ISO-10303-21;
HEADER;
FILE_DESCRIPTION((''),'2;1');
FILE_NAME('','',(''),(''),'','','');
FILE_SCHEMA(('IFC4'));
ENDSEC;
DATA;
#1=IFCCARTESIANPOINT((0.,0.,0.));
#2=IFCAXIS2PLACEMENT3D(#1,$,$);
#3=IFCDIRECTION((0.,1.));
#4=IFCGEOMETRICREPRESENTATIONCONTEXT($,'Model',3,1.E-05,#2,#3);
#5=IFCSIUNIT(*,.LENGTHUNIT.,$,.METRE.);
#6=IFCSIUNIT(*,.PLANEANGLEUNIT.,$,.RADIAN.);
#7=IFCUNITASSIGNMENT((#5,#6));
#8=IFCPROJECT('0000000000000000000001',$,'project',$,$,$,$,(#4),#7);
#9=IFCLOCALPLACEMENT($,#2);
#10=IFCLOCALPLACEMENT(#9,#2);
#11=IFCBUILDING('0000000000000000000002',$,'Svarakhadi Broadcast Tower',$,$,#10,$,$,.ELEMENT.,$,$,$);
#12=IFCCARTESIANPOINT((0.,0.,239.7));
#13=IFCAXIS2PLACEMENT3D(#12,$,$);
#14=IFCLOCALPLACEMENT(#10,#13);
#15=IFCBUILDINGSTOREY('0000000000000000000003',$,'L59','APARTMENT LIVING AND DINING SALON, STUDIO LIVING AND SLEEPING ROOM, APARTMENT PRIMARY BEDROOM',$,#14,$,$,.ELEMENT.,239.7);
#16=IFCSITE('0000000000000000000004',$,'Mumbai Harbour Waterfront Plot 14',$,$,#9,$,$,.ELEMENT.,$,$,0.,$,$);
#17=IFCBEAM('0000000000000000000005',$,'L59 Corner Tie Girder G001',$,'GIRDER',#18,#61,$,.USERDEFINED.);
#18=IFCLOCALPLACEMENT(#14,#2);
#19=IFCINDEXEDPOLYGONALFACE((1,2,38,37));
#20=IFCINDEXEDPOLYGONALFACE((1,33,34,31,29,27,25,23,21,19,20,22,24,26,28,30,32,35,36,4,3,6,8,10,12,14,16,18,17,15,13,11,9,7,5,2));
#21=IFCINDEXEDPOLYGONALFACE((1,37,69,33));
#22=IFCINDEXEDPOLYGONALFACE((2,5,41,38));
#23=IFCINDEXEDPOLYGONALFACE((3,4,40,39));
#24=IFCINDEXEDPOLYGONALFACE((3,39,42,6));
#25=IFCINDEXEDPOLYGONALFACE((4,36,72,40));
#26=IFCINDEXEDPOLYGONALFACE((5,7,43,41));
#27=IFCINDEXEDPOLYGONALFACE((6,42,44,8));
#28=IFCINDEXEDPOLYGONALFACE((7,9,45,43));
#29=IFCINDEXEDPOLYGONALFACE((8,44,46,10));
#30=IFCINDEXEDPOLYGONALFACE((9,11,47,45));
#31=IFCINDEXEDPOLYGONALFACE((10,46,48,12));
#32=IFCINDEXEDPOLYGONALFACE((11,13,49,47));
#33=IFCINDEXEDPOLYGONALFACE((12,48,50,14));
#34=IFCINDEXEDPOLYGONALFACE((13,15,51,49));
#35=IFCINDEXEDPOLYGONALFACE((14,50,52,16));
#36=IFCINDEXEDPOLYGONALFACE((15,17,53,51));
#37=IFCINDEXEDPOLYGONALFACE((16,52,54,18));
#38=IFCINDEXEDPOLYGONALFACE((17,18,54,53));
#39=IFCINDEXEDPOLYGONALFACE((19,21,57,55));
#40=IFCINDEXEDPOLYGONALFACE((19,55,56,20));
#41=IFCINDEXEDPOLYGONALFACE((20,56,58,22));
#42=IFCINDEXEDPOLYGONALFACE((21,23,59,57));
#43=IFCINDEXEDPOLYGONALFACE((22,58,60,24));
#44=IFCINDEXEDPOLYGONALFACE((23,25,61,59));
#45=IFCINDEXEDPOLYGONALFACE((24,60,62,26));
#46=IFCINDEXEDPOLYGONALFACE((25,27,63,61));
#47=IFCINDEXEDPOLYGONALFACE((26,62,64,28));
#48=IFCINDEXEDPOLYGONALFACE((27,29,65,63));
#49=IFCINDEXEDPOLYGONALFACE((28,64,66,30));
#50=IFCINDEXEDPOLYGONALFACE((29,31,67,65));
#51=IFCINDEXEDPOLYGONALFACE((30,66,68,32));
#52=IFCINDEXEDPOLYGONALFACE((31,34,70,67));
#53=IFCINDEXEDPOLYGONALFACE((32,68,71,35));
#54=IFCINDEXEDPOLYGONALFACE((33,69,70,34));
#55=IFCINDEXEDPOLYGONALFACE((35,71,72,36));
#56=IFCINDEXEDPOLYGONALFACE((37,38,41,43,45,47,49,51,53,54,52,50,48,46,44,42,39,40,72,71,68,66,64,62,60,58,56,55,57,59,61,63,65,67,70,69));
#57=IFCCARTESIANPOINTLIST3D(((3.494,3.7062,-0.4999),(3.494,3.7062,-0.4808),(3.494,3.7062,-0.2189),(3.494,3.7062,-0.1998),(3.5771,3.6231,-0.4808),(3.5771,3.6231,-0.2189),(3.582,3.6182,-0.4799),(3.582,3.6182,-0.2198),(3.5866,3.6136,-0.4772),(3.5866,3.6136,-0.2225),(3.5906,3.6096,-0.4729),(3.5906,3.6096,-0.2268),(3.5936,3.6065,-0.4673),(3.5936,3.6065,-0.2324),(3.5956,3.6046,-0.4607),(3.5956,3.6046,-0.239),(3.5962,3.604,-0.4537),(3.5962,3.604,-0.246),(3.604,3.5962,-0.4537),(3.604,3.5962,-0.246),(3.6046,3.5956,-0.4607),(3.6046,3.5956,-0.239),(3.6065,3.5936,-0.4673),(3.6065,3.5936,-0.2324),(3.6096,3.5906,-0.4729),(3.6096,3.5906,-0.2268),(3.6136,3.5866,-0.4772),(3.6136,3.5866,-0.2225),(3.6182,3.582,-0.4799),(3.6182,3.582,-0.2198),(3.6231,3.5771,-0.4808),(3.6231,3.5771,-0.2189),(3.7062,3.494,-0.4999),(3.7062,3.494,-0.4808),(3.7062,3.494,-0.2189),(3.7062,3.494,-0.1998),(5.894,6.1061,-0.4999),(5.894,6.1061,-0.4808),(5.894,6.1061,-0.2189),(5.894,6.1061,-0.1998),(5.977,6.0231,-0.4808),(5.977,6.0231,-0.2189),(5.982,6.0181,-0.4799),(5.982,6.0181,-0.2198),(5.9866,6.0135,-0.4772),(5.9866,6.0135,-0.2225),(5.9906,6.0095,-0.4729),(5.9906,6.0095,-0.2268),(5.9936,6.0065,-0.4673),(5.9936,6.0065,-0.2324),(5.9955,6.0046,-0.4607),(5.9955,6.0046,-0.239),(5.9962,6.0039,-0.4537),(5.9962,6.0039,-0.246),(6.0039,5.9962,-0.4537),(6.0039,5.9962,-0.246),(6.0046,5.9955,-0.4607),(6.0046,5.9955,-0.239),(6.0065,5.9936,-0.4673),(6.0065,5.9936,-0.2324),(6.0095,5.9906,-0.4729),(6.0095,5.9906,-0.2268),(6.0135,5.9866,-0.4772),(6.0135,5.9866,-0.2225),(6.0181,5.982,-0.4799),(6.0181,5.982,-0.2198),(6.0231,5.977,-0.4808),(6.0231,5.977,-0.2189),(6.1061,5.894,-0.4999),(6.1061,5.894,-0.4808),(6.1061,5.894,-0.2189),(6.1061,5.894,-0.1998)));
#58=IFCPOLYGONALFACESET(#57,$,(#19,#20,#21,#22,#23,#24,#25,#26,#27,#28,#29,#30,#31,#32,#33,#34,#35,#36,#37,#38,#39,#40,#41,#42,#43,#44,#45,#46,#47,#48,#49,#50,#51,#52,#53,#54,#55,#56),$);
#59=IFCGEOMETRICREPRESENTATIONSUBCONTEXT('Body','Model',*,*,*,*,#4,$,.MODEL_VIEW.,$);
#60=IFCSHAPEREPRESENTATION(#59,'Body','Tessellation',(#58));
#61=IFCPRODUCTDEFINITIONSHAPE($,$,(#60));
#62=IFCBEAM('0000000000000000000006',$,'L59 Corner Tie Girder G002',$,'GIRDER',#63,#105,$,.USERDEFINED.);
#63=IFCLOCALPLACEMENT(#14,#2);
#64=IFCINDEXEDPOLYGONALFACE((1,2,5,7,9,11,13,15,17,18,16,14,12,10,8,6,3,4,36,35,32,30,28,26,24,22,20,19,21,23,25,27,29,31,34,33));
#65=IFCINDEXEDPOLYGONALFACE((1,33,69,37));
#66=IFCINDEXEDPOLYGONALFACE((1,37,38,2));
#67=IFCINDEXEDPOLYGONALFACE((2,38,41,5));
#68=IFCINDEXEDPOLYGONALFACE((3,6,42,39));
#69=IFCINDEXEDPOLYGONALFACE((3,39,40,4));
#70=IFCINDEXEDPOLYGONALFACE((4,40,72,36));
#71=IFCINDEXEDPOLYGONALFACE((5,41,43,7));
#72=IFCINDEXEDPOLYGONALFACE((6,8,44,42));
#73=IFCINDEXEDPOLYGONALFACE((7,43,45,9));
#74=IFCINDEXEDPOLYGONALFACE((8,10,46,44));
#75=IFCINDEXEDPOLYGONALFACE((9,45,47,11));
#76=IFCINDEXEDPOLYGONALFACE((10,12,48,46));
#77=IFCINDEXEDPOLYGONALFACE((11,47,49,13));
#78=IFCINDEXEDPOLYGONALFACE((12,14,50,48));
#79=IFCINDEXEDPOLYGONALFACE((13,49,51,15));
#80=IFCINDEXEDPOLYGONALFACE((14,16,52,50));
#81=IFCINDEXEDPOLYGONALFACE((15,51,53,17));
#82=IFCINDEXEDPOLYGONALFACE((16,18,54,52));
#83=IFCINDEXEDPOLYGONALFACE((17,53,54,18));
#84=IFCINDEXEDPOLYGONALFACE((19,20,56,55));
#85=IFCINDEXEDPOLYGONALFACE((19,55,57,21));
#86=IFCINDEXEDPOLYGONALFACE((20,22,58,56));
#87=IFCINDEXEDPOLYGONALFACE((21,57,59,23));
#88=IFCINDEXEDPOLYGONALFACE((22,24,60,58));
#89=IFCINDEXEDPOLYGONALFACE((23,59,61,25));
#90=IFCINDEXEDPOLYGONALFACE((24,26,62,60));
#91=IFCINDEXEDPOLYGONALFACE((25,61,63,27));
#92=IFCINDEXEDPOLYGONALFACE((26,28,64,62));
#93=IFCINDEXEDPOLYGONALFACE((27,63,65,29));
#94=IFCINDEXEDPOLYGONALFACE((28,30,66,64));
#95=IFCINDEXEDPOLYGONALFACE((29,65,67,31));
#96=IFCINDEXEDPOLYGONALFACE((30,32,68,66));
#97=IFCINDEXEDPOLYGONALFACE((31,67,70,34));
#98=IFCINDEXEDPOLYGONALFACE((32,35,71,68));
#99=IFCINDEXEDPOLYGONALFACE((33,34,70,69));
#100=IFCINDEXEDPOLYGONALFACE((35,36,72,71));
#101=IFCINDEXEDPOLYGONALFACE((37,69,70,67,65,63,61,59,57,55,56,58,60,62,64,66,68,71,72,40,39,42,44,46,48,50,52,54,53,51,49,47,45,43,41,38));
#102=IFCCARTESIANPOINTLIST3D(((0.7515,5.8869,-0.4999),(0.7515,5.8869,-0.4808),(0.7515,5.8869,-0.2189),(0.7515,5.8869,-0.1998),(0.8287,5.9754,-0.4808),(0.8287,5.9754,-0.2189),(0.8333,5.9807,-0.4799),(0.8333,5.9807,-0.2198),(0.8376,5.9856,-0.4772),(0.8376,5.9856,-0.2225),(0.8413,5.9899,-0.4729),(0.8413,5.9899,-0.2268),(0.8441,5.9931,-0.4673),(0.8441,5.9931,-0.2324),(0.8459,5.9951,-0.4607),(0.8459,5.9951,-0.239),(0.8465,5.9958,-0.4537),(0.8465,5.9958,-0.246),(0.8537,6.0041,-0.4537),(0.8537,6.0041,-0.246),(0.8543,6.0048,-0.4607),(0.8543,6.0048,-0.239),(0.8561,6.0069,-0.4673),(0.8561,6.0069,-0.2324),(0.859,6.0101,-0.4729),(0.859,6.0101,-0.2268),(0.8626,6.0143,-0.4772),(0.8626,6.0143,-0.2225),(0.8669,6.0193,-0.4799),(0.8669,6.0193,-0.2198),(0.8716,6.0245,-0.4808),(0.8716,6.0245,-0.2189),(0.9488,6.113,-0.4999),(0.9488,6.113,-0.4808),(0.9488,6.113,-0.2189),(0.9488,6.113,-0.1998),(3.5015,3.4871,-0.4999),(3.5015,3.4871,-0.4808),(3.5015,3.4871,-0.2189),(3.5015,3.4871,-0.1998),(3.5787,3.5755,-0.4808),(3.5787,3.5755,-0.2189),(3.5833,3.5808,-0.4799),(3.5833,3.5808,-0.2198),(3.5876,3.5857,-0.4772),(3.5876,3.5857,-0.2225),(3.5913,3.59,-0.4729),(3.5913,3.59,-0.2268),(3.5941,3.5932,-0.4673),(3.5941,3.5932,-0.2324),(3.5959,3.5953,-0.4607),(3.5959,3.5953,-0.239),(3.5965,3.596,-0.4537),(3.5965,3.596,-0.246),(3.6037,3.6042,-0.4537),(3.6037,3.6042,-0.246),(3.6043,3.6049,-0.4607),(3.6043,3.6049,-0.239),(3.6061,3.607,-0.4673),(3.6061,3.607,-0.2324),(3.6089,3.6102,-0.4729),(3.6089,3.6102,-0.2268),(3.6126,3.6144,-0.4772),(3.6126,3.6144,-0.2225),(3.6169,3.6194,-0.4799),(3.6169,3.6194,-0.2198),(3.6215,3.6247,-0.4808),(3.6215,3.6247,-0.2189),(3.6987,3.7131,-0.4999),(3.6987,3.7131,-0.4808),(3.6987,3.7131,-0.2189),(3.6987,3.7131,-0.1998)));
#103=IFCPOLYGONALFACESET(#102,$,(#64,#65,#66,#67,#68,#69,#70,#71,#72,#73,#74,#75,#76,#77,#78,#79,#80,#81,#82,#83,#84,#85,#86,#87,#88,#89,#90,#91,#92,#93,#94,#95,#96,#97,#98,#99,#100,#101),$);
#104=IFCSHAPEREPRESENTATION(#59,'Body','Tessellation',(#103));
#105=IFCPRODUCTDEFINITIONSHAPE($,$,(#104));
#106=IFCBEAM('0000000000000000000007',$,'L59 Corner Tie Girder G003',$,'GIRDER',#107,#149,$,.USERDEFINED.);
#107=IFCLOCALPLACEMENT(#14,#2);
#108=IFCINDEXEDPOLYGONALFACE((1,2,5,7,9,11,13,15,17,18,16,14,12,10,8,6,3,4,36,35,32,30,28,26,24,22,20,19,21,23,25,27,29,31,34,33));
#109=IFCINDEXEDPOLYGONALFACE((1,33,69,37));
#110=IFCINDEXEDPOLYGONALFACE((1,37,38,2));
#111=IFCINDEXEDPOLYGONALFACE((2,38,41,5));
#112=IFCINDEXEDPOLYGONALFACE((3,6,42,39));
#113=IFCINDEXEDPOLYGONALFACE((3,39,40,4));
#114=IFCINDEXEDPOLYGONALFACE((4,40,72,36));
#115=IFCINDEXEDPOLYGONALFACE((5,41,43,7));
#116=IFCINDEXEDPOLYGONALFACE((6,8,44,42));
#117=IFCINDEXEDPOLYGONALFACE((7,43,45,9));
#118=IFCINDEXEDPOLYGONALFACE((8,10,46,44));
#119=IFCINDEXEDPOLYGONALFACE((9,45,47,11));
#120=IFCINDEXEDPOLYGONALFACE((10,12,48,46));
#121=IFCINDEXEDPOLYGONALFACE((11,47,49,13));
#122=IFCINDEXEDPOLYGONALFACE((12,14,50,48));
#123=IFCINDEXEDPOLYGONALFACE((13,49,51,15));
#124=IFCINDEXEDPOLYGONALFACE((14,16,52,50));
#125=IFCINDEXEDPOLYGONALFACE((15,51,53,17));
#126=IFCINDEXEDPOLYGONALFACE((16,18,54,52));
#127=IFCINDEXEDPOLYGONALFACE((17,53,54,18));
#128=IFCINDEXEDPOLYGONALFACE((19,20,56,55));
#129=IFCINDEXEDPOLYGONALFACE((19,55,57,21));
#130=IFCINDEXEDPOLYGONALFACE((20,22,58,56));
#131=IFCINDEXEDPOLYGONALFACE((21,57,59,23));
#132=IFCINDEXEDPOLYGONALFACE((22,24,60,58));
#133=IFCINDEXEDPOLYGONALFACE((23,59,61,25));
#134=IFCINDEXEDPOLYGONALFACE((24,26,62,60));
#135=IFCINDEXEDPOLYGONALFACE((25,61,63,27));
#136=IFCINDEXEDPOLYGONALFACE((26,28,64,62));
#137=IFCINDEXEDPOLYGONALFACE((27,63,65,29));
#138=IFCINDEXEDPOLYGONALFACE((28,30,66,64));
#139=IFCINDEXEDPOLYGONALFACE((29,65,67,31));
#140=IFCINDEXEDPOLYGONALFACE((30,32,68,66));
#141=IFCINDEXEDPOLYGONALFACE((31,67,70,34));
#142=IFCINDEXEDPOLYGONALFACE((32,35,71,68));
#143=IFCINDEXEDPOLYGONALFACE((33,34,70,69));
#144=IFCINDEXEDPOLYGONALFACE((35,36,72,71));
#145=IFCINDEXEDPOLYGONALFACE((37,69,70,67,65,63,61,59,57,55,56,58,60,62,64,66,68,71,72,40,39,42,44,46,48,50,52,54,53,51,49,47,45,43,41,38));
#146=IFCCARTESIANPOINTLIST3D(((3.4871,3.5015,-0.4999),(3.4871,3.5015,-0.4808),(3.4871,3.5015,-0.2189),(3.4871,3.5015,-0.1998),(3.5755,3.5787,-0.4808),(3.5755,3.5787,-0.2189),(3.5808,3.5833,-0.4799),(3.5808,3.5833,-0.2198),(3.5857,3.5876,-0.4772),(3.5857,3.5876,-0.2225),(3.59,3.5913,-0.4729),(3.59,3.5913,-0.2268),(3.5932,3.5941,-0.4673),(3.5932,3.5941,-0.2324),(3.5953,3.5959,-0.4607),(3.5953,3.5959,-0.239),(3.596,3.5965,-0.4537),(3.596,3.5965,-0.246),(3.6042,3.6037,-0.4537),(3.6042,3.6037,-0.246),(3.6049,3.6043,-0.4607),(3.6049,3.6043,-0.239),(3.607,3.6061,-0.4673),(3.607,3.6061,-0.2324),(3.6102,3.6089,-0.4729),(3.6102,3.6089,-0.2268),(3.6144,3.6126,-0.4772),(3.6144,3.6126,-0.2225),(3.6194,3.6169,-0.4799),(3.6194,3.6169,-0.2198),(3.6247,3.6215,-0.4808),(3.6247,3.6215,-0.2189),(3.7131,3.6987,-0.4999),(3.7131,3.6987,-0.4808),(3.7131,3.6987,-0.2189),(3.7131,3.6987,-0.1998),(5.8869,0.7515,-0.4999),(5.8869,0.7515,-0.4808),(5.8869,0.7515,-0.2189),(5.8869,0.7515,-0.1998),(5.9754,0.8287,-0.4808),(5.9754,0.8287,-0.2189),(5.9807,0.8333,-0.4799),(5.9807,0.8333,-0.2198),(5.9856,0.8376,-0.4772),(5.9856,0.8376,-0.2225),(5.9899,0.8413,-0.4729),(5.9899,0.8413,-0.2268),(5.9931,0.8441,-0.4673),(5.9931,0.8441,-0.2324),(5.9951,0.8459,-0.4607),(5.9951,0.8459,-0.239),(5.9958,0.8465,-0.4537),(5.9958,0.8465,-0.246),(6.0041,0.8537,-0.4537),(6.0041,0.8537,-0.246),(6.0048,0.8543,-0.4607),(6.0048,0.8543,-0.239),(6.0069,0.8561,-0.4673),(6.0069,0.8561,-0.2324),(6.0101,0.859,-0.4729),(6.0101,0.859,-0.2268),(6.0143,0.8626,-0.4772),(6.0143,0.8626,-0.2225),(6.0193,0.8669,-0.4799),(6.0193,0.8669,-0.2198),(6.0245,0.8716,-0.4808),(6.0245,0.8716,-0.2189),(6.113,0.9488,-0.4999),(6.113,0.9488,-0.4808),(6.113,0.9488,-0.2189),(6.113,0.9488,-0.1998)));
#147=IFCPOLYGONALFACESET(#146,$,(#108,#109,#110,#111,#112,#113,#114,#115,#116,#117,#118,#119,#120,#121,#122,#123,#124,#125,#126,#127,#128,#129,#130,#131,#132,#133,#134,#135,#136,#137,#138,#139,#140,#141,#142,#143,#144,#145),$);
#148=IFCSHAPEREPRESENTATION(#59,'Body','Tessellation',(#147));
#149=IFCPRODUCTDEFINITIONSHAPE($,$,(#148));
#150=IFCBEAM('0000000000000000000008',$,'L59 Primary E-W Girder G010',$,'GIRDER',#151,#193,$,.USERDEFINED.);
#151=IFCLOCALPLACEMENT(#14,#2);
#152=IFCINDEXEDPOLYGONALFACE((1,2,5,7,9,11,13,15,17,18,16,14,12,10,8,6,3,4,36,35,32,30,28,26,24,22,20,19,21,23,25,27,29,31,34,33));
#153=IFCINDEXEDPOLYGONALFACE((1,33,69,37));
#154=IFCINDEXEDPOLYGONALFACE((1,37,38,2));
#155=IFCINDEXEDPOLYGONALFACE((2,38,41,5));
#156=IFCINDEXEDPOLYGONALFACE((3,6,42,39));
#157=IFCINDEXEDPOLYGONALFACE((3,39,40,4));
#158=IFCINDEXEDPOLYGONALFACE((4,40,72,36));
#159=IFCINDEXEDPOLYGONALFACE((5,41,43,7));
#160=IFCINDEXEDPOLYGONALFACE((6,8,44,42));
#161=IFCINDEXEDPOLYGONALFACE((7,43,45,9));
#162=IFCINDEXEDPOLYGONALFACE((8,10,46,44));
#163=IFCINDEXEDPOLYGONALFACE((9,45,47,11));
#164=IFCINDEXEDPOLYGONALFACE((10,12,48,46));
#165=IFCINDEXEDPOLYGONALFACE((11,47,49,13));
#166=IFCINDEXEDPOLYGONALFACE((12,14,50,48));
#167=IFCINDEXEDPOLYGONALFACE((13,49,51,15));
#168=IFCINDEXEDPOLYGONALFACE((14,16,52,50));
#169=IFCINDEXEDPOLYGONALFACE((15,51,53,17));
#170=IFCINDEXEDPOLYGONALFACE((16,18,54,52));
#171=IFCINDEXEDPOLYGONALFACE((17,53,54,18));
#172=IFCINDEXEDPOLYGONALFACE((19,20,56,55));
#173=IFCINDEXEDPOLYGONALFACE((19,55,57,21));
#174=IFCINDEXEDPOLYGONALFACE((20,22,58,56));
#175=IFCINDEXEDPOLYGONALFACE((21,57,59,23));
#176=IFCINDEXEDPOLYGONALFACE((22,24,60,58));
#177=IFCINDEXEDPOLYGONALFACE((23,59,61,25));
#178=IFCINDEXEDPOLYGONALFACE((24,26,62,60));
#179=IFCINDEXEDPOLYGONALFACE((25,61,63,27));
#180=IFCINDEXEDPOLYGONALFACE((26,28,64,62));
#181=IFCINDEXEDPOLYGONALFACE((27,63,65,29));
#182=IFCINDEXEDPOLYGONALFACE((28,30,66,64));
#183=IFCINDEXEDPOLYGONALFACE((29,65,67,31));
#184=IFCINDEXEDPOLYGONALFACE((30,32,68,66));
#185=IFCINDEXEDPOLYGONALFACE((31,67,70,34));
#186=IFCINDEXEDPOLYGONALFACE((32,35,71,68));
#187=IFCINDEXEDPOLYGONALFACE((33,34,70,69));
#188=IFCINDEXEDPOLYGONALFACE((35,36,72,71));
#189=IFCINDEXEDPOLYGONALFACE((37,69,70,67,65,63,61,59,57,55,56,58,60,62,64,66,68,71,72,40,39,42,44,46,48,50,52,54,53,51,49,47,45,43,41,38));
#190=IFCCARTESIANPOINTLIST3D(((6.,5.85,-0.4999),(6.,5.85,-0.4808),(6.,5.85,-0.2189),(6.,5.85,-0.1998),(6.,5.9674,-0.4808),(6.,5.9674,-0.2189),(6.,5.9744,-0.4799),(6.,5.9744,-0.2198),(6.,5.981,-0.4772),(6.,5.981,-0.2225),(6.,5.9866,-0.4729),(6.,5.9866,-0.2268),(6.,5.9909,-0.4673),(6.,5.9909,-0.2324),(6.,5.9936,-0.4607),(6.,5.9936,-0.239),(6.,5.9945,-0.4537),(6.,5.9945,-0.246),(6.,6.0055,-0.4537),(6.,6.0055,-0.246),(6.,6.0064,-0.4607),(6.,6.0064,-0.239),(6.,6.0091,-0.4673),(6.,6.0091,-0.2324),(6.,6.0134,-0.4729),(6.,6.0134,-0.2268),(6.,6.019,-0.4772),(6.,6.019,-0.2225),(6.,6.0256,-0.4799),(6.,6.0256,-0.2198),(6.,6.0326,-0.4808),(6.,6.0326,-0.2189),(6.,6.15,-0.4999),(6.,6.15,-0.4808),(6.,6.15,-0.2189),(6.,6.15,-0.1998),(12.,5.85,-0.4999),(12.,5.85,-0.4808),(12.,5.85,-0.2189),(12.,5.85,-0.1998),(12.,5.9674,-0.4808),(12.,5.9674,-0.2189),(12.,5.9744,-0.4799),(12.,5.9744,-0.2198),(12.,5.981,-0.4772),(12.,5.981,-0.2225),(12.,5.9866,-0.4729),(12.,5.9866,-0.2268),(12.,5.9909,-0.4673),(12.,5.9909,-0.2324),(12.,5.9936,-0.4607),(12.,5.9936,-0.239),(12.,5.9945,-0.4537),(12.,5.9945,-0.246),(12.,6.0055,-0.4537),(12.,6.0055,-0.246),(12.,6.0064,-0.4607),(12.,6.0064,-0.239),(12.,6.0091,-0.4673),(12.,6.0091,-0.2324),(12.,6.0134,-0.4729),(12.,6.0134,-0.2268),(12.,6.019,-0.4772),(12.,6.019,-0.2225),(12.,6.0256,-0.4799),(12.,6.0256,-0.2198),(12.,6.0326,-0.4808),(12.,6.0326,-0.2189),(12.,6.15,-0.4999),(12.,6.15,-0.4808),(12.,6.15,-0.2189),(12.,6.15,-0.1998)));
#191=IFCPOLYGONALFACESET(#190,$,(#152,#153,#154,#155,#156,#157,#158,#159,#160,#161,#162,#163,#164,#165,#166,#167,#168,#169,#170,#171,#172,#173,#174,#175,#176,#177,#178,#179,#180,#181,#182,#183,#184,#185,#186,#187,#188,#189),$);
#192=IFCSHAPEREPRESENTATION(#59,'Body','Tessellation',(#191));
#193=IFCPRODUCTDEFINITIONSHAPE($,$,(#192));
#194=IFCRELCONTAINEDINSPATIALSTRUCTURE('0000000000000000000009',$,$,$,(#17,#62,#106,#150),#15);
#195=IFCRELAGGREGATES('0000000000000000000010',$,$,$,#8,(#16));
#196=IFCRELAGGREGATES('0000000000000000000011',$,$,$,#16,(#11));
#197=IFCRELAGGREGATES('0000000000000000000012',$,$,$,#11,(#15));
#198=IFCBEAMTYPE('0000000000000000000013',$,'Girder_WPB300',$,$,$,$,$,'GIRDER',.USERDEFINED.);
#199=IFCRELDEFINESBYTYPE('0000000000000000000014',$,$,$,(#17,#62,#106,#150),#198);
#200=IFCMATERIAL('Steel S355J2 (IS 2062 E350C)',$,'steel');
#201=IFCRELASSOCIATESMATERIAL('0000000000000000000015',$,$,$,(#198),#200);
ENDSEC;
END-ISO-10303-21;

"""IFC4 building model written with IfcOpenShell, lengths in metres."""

from ifc_helpers import new_model, si_unit, direction, frame, origin, origin_2d, place, context, subcontext, project, spatial, i_section, extrude, material, material_profile, profile_set, type_object, element, save


model = new_model("IFC4")

# Units and contexts
model_context = context("Model", 3, precision=1e-05, world=origin(), true_north=direction((0.0, 1.0)))
body_context = subcontext(model_context, "Body", "Model", "MODEL_VIEW")
ifc_project = project(units=[si_unit("LENGTHUNIT", "METRE"), si_unit("PLANEANGLEUNIT", "RADIAN")], contexts=[model_context])

# Site, building, storey
site_placement = place(None, origin())
site = spatial("IfcSite", under=ifc_project, at=site_placement, Name="Mumbai Harbour Waterfront Plot 14", CompositionType="ELEMENT", RefElevation=0.0)
building_placement = place(site_placement, origin())
building = spatial("IfcBuilding", under=site, at=building_placement, Name="Svarakhadi Broadcast Tower", CompositionType="ELEMENT")
storey_placement = place(building_placement, frame((0.0, 0.0, 239.7)))
storey = spatial("IfcBuildingStorey", under=building, at=storey_placement, Name="L59", Description="APARTMENT LIVING AND DINING SALON, STUDIO LIVING AND SLEEPING ROOM, APARTMENT PRIMARY BEDROOM", CompositionType="ELEMENT", Elevation=239.7)

# Beams
ifc_material_1 = material(Name="Steel S355J2 (IS 2062 E350C)", Category="steel")
ifc_material_profile_1 = material_profile(ifc_material_1, i_section(OverallWidth=0.3, OverallDepth=0.3, WebThickness=0.011, FlangeThickness=0.019, FilletRadius=0.0271, at=origin_2d()), Name="WPB 300x300x117")
ifc_profile_set_1 = profile_set([ifc_material_profile_1], Name="Steel S355J2 (IS 2062 E350C)")
beam_type_1 = type_object("IfcBeamType", Name="Girder_WPB300", ElementType="GIRDER", PredefinedType="USERDEFINED", material=ifc_profile_set_1)
beam_1_placement = place(storey_placement, frame((3.6001, 3.6001, -0.3499), z_axis=(0.707107, 0.707107, 0.0), x_axis=(-0.707107, 0.707107, 0.0)))
element("IfcBeam", 1, at=beam_1_placement, inside=storey, type_object=beam_type_1, Name="L59 Corner Tie Girder G001", ObjectType="GIRDER", PredefinedType="USERDEFINED", context=body_context, shape_type="SweptSolid", body=[
    extrude(i_section(OverallWidth=0.3, OverallDepth=0.3, WebThickness=0.011, FlangeThickness=0.019, FilletRadius=0.0271, at=origin_2d()), origin(), (0.0, 0.0, 1.0), 3.394),
])
for number, where, z_axis, x_axis, name in (
    (2, (3.6001, 3.6001, -0.3499), (-0.753438, 0.657519, 0.0), (-0.657519, -0.753438, 0.0), "L59 Corner Tie Girder G002"),
    (3, (3.6001, 3.6001, -0.3499), (0.657519, -0.753438, 0.0), (0.753438, 0.657519, 0.0), "L59 Corner Tie Girder G003"),
):
    element("IfcBeam", number, at=place(storey_placement, frame(where, z_axis=z_axis, x_axis=x_axis)), inside=storey, type_object=beam_type_1, Name=name, ObjectType="GIRDER", PredefinedType="USERDEFINED", context=body_context, shape_type="SweptSolid", body=[
        extrude(i_section(OverallWidth=0.3, OverallDepth=0.3, WebThickness=0.011, FlangeThickness=0.019, FilletRadius=0.0271, at=origin_2d()), origin(), (0.0, 0.0, 1.0), 3.6499),
    ])
for number, where, z_axis, x_axis, name in (
    (4, (6.0, 6.0, -0.3499), (1.0, 0.0, 0.0), (0.0, 1.0, 0.0), "L59 Primary E-W Girder G010"),
):
    element("IfcBeam", number, at=place(storey_placement, frame(where, z_axis=z_axis, x_axis=x_axis)), inside=storey, type_object=beam_type_1, Name=name, ObjectType="GIRDER", PredefinedType="USERDEFINED", context=body_context, shape_type="SweptSolid", body=[
        extrude(i_section(OverallWidth=0.3, OverallDepth=0.3, WebThickness=0.011, FlangeThickness=0.019, FilletRadius=0.0271, at=origin_2d()), origin(), (0.0, 0.0, 1.0), 6.0),
    ])

save(model, "model.ifc")
